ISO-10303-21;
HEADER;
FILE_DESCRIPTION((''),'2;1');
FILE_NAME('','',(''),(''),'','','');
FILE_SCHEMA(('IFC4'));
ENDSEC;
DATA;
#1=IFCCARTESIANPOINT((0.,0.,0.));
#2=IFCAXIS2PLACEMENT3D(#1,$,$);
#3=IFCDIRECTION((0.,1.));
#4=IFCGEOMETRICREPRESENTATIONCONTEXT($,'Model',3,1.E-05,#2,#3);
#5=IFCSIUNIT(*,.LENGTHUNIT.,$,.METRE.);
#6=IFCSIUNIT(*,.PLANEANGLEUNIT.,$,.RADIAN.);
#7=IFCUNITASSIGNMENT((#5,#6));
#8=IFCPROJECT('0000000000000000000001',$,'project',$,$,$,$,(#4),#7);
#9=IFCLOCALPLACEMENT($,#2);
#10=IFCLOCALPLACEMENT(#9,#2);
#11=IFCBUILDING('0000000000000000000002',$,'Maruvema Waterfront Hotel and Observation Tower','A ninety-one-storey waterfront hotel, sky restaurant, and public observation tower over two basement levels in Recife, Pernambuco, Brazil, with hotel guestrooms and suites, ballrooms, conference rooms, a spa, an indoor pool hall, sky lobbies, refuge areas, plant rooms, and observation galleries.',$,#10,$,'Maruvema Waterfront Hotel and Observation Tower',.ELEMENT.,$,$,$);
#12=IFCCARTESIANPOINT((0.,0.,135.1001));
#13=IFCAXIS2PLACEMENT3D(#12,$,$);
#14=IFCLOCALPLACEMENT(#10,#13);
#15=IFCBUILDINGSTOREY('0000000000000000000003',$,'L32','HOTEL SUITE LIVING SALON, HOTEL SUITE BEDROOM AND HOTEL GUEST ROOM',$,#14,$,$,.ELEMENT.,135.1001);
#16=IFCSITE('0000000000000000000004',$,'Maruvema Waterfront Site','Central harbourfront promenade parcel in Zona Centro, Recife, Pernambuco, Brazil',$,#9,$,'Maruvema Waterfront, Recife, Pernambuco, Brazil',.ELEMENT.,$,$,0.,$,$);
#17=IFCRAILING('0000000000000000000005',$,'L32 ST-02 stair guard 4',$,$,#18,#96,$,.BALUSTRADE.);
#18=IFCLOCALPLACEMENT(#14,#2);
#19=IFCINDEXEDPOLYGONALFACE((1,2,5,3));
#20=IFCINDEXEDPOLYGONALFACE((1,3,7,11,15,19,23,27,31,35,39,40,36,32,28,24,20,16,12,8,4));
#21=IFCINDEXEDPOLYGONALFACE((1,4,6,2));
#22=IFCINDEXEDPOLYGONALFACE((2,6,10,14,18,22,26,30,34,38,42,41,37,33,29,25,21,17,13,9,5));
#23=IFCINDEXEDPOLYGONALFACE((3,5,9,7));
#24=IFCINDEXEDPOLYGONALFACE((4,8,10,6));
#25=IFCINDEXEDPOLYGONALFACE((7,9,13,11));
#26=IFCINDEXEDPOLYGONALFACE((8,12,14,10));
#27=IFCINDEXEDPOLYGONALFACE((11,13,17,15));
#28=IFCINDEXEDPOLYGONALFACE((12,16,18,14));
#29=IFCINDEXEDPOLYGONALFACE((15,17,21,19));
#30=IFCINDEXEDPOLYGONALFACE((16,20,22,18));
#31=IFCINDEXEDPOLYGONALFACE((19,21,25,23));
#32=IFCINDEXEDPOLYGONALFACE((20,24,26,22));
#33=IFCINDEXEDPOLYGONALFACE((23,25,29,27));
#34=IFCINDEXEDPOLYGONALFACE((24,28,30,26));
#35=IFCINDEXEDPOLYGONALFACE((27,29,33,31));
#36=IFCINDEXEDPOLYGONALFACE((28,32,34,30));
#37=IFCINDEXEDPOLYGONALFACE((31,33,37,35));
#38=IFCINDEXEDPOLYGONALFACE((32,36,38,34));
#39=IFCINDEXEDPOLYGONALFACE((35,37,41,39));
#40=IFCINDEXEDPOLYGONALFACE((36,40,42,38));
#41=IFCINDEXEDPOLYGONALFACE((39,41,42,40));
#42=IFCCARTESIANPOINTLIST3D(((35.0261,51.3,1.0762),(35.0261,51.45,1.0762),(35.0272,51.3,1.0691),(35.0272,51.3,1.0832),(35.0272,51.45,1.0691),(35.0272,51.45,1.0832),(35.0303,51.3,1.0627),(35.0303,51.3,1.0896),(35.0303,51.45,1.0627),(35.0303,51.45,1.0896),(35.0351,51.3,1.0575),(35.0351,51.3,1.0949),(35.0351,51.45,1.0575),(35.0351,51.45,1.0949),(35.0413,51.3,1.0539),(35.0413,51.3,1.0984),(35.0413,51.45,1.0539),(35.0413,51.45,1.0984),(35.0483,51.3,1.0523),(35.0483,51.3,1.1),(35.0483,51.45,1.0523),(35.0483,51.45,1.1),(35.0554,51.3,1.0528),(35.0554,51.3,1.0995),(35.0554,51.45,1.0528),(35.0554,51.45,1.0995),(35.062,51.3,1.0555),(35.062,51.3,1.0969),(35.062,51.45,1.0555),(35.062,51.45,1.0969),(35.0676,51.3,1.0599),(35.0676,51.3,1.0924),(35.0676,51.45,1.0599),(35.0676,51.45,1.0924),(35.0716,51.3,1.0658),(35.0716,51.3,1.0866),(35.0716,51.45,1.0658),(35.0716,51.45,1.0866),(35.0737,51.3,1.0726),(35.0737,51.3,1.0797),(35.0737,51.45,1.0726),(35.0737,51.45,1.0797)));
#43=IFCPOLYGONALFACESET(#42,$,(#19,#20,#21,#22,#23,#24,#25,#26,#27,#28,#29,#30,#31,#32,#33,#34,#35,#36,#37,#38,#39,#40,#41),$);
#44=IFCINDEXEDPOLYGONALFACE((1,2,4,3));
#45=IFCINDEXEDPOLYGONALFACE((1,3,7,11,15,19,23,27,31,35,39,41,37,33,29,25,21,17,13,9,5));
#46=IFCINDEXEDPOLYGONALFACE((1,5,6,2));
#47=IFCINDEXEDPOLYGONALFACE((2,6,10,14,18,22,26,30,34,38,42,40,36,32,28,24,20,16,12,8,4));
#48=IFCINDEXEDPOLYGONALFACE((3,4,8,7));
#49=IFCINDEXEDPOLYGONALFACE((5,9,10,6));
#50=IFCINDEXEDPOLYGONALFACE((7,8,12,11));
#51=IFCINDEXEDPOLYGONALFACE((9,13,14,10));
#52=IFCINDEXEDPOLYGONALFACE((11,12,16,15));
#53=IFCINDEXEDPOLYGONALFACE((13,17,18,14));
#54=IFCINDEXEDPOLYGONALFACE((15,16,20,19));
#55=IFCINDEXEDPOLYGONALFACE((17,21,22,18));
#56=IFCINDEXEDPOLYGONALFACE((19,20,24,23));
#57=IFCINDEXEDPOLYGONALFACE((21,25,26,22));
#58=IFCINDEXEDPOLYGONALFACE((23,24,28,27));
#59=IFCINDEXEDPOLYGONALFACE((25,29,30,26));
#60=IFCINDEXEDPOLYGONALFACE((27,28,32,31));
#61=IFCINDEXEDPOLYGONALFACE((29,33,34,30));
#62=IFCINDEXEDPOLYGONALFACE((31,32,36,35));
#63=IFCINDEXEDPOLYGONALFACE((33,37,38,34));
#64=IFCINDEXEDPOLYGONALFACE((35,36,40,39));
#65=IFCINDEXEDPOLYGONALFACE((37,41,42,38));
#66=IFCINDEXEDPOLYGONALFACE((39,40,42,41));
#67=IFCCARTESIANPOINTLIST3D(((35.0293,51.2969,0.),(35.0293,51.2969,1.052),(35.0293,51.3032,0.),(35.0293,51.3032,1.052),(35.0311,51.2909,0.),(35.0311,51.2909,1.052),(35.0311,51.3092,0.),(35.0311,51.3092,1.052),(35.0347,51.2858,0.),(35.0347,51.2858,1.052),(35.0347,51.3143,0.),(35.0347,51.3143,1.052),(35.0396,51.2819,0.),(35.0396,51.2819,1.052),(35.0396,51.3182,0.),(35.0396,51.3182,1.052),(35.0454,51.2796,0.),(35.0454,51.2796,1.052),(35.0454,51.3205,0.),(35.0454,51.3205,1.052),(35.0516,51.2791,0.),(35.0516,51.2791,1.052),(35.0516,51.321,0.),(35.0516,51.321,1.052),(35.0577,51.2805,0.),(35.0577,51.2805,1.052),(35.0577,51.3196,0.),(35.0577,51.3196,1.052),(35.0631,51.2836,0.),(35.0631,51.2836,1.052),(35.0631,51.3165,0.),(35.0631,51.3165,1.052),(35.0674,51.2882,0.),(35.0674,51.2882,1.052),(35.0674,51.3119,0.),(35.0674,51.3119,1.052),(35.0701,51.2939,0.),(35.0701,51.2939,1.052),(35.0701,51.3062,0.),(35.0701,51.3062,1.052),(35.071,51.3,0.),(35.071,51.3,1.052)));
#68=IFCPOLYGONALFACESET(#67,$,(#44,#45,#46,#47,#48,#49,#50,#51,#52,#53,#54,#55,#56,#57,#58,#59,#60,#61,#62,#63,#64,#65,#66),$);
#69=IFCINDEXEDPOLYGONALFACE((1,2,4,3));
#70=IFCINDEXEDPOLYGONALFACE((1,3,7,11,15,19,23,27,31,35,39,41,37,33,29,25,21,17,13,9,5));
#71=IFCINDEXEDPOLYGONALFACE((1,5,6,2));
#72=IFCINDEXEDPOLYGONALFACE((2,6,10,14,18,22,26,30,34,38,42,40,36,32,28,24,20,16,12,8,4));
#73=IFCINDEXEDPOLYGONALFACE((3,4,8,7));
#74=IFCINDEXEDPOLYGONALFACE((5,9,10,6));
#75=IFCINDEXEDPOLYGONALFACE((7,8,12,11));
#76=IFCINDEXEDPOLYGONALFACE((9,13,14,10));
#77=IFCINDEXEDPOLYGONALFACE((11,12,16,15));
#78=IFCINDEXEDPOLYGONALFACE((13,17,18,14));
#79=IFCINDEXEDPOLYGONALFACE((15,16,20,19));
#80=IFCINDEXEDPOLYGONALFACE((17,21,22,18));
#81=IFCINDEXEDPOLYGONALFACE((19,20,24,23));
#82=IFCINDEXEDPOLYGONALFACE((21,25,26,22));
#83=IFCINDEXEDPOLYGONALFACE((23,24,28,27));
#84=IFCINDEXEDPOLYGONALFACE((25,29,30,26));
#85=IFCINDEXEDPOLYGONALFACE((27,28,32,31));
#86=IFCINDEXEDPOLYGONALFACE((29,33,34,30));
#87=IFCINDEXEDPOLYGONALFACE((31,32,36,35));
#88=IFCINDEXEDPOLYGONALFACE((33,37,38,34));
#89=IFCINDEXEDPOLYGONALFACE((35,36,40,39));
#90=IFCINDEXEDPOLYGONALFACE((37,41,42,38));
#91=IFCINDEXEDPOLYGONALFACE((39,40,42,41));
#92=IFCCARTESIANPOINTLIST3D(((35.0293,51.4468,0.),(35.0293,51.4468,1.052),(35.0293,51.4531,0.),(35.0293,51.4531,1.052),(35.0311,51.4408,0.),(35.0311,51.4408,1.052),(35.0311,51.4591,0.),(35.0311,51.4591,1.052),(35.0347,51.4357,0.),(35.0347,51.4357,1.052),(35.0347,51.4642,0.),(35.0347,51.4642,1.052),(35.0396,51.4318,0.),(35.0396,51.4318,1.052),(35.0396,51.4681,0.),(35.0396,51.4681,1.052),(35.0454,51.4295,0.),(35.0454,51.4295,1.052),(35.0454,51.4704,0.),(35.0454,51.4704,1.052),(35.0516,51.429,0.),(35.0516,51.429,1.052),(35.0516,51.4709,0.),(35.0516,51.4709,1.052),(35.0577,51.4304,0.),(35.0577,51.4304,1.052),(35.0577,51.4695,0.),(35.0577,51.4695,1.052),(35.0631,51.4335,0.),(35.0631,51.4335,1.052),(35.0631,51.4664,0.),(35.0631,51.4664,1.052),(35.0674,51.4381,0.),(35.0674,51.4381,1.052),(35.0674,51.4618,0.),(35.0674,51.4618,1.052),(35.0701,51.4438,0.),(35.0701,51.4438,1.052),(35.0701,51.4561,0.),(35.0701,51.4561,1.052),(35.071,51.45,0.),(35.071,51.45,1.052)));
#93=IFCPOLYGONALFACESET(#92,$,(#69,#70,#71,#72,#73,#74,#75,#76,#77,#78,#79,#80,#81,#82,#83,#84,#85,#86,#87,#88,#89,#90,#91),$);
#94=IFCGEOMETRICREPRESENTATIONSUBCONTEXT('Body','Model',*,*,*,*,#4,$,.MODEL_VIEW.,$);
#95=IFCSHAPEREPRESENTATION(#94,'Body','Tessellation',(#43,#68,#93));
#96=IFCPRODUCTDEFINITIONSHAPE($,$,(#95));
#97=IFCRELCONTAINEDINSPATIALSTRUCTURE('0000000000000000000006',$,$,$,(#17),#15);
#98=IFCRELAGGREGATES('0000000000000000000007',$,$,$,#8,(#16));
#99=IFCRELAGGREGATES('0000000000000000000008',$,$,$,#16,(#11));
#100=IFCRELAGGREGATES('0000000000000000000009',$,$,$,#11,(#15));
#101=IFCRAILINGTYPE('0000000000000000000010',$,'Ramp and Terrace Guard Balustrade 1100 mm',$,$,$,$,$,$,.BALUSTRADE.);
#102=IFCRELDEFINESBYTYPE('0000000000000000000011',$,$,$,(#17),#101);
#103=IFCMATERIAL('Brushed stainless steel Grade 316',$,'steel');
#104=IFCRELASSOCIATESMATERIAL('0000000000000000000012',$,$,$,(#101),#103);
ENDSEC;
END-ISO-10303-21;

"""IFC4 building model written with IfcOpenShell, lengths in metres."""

from ifc_helpers import new_model, si_unit, direction, frame, origin, origin_2d, place, context, subcontext, project, spatial, circle, extrude, material, type_object, element, save


model = new_model("IFC4")

# Units and contexts
model_context = context("Model", 3, precision=1e-05, world=origin(), true_north=direction((0.0, 1.0)))
body_context = subcontext(model_context, "Body", "Model", "MODEL_VIEW")
ifc_project = project(units=[si_unit("LENGTHUNIT", "METRE"), si_unit("PLANEANGLEUNIT", "RADIAN")], contexts=[model_context])

# Site, building, storey
site_placement = place(None, origin())
site = spatial("IfcSite", under=ifc_project, at=site_placement, Name="Maruvema Waterfront Site", Description="Central harbourfront promenade parcel in Zona Centro, Recife, Pernambuco, Brazil", LongName="Maruvema Waterfront, Recife, Pernambuco, Brazil", CompositionType="ELEMENT", RefElevation=0.0)
building_placement = place(site_placement, origin())
building = spatial("IfcBuilding", under=site, at=building_placement, Name="Maruvema Waterfront Hotel and Observation Tower", Description="A ninety-one-storey waterfront hotel, sky restaurant, and public observation tower over two basement levels in Recife, Pernambuco, Brazil, with hotel guestrooms and suites, ballrooms, conference rooms, a spa, an indoor pool hall, sky lobbies, refuge areas, plant rooms, and observation galleries.", LongName="Maruvema Waterfront Hotel and Observation Tower", CompositionType="ELEMENT")
storey_placement = place(building_placement, frame((0.0, 0.0, 135.1001)))
storey = spatial("IfcBuildingStorey", under=building, at=storey_placement, Name="L32", Description="HOTEL SUITE LIVING SALON, HOTEL SUITE BEDROOM AND HOTEL GUEST ROOM", CompositionType="ELEMENT", Elevation=135.1001)

# Railing
ifc_material_1 = material(Name="Brushed stainless steel Grade 316", Category="steel")
railing_type_1 = type_object("IfcRailingType", Name="Ramp and Terrace Guard Balustrade 1100 mm", PredefinedType="BALUSTRADE", material=ifc_material_1)
railing_1_placement = place(storey_placement, frame((35.05, 51.3, 0.0)))
element("IfcRailing", 1, at=railing_1_placement, inside=storey, type_object=railing_type_1, Name="L32 ST-02 stair guard 4", PredefinedType="BALUSTRADE", context=body_context, shape_type="SweptSolid", body=[
    extrude(circle(Radius=0.0239, at=origin_2d()), frame((0.0, 0.0, 1.0762), z_axis=(0.0, 1.0, 0.0), x_axis=(-1.0, 0.0, 0.0)), (0.0, 0.0, 1.0), 0.1499),
    extrude(circle(Radius=0.021, at=origin_2d()), origin(), (0.0, 0.0, 1.0), 1.052),
    extrude(circle(Radius=0.021, at=origin_2d()), frame((0.0, 0.1499, 0.0)), (0.0, 0.0, 1.0), 1.052),
])

save(model, "model.ifc")
